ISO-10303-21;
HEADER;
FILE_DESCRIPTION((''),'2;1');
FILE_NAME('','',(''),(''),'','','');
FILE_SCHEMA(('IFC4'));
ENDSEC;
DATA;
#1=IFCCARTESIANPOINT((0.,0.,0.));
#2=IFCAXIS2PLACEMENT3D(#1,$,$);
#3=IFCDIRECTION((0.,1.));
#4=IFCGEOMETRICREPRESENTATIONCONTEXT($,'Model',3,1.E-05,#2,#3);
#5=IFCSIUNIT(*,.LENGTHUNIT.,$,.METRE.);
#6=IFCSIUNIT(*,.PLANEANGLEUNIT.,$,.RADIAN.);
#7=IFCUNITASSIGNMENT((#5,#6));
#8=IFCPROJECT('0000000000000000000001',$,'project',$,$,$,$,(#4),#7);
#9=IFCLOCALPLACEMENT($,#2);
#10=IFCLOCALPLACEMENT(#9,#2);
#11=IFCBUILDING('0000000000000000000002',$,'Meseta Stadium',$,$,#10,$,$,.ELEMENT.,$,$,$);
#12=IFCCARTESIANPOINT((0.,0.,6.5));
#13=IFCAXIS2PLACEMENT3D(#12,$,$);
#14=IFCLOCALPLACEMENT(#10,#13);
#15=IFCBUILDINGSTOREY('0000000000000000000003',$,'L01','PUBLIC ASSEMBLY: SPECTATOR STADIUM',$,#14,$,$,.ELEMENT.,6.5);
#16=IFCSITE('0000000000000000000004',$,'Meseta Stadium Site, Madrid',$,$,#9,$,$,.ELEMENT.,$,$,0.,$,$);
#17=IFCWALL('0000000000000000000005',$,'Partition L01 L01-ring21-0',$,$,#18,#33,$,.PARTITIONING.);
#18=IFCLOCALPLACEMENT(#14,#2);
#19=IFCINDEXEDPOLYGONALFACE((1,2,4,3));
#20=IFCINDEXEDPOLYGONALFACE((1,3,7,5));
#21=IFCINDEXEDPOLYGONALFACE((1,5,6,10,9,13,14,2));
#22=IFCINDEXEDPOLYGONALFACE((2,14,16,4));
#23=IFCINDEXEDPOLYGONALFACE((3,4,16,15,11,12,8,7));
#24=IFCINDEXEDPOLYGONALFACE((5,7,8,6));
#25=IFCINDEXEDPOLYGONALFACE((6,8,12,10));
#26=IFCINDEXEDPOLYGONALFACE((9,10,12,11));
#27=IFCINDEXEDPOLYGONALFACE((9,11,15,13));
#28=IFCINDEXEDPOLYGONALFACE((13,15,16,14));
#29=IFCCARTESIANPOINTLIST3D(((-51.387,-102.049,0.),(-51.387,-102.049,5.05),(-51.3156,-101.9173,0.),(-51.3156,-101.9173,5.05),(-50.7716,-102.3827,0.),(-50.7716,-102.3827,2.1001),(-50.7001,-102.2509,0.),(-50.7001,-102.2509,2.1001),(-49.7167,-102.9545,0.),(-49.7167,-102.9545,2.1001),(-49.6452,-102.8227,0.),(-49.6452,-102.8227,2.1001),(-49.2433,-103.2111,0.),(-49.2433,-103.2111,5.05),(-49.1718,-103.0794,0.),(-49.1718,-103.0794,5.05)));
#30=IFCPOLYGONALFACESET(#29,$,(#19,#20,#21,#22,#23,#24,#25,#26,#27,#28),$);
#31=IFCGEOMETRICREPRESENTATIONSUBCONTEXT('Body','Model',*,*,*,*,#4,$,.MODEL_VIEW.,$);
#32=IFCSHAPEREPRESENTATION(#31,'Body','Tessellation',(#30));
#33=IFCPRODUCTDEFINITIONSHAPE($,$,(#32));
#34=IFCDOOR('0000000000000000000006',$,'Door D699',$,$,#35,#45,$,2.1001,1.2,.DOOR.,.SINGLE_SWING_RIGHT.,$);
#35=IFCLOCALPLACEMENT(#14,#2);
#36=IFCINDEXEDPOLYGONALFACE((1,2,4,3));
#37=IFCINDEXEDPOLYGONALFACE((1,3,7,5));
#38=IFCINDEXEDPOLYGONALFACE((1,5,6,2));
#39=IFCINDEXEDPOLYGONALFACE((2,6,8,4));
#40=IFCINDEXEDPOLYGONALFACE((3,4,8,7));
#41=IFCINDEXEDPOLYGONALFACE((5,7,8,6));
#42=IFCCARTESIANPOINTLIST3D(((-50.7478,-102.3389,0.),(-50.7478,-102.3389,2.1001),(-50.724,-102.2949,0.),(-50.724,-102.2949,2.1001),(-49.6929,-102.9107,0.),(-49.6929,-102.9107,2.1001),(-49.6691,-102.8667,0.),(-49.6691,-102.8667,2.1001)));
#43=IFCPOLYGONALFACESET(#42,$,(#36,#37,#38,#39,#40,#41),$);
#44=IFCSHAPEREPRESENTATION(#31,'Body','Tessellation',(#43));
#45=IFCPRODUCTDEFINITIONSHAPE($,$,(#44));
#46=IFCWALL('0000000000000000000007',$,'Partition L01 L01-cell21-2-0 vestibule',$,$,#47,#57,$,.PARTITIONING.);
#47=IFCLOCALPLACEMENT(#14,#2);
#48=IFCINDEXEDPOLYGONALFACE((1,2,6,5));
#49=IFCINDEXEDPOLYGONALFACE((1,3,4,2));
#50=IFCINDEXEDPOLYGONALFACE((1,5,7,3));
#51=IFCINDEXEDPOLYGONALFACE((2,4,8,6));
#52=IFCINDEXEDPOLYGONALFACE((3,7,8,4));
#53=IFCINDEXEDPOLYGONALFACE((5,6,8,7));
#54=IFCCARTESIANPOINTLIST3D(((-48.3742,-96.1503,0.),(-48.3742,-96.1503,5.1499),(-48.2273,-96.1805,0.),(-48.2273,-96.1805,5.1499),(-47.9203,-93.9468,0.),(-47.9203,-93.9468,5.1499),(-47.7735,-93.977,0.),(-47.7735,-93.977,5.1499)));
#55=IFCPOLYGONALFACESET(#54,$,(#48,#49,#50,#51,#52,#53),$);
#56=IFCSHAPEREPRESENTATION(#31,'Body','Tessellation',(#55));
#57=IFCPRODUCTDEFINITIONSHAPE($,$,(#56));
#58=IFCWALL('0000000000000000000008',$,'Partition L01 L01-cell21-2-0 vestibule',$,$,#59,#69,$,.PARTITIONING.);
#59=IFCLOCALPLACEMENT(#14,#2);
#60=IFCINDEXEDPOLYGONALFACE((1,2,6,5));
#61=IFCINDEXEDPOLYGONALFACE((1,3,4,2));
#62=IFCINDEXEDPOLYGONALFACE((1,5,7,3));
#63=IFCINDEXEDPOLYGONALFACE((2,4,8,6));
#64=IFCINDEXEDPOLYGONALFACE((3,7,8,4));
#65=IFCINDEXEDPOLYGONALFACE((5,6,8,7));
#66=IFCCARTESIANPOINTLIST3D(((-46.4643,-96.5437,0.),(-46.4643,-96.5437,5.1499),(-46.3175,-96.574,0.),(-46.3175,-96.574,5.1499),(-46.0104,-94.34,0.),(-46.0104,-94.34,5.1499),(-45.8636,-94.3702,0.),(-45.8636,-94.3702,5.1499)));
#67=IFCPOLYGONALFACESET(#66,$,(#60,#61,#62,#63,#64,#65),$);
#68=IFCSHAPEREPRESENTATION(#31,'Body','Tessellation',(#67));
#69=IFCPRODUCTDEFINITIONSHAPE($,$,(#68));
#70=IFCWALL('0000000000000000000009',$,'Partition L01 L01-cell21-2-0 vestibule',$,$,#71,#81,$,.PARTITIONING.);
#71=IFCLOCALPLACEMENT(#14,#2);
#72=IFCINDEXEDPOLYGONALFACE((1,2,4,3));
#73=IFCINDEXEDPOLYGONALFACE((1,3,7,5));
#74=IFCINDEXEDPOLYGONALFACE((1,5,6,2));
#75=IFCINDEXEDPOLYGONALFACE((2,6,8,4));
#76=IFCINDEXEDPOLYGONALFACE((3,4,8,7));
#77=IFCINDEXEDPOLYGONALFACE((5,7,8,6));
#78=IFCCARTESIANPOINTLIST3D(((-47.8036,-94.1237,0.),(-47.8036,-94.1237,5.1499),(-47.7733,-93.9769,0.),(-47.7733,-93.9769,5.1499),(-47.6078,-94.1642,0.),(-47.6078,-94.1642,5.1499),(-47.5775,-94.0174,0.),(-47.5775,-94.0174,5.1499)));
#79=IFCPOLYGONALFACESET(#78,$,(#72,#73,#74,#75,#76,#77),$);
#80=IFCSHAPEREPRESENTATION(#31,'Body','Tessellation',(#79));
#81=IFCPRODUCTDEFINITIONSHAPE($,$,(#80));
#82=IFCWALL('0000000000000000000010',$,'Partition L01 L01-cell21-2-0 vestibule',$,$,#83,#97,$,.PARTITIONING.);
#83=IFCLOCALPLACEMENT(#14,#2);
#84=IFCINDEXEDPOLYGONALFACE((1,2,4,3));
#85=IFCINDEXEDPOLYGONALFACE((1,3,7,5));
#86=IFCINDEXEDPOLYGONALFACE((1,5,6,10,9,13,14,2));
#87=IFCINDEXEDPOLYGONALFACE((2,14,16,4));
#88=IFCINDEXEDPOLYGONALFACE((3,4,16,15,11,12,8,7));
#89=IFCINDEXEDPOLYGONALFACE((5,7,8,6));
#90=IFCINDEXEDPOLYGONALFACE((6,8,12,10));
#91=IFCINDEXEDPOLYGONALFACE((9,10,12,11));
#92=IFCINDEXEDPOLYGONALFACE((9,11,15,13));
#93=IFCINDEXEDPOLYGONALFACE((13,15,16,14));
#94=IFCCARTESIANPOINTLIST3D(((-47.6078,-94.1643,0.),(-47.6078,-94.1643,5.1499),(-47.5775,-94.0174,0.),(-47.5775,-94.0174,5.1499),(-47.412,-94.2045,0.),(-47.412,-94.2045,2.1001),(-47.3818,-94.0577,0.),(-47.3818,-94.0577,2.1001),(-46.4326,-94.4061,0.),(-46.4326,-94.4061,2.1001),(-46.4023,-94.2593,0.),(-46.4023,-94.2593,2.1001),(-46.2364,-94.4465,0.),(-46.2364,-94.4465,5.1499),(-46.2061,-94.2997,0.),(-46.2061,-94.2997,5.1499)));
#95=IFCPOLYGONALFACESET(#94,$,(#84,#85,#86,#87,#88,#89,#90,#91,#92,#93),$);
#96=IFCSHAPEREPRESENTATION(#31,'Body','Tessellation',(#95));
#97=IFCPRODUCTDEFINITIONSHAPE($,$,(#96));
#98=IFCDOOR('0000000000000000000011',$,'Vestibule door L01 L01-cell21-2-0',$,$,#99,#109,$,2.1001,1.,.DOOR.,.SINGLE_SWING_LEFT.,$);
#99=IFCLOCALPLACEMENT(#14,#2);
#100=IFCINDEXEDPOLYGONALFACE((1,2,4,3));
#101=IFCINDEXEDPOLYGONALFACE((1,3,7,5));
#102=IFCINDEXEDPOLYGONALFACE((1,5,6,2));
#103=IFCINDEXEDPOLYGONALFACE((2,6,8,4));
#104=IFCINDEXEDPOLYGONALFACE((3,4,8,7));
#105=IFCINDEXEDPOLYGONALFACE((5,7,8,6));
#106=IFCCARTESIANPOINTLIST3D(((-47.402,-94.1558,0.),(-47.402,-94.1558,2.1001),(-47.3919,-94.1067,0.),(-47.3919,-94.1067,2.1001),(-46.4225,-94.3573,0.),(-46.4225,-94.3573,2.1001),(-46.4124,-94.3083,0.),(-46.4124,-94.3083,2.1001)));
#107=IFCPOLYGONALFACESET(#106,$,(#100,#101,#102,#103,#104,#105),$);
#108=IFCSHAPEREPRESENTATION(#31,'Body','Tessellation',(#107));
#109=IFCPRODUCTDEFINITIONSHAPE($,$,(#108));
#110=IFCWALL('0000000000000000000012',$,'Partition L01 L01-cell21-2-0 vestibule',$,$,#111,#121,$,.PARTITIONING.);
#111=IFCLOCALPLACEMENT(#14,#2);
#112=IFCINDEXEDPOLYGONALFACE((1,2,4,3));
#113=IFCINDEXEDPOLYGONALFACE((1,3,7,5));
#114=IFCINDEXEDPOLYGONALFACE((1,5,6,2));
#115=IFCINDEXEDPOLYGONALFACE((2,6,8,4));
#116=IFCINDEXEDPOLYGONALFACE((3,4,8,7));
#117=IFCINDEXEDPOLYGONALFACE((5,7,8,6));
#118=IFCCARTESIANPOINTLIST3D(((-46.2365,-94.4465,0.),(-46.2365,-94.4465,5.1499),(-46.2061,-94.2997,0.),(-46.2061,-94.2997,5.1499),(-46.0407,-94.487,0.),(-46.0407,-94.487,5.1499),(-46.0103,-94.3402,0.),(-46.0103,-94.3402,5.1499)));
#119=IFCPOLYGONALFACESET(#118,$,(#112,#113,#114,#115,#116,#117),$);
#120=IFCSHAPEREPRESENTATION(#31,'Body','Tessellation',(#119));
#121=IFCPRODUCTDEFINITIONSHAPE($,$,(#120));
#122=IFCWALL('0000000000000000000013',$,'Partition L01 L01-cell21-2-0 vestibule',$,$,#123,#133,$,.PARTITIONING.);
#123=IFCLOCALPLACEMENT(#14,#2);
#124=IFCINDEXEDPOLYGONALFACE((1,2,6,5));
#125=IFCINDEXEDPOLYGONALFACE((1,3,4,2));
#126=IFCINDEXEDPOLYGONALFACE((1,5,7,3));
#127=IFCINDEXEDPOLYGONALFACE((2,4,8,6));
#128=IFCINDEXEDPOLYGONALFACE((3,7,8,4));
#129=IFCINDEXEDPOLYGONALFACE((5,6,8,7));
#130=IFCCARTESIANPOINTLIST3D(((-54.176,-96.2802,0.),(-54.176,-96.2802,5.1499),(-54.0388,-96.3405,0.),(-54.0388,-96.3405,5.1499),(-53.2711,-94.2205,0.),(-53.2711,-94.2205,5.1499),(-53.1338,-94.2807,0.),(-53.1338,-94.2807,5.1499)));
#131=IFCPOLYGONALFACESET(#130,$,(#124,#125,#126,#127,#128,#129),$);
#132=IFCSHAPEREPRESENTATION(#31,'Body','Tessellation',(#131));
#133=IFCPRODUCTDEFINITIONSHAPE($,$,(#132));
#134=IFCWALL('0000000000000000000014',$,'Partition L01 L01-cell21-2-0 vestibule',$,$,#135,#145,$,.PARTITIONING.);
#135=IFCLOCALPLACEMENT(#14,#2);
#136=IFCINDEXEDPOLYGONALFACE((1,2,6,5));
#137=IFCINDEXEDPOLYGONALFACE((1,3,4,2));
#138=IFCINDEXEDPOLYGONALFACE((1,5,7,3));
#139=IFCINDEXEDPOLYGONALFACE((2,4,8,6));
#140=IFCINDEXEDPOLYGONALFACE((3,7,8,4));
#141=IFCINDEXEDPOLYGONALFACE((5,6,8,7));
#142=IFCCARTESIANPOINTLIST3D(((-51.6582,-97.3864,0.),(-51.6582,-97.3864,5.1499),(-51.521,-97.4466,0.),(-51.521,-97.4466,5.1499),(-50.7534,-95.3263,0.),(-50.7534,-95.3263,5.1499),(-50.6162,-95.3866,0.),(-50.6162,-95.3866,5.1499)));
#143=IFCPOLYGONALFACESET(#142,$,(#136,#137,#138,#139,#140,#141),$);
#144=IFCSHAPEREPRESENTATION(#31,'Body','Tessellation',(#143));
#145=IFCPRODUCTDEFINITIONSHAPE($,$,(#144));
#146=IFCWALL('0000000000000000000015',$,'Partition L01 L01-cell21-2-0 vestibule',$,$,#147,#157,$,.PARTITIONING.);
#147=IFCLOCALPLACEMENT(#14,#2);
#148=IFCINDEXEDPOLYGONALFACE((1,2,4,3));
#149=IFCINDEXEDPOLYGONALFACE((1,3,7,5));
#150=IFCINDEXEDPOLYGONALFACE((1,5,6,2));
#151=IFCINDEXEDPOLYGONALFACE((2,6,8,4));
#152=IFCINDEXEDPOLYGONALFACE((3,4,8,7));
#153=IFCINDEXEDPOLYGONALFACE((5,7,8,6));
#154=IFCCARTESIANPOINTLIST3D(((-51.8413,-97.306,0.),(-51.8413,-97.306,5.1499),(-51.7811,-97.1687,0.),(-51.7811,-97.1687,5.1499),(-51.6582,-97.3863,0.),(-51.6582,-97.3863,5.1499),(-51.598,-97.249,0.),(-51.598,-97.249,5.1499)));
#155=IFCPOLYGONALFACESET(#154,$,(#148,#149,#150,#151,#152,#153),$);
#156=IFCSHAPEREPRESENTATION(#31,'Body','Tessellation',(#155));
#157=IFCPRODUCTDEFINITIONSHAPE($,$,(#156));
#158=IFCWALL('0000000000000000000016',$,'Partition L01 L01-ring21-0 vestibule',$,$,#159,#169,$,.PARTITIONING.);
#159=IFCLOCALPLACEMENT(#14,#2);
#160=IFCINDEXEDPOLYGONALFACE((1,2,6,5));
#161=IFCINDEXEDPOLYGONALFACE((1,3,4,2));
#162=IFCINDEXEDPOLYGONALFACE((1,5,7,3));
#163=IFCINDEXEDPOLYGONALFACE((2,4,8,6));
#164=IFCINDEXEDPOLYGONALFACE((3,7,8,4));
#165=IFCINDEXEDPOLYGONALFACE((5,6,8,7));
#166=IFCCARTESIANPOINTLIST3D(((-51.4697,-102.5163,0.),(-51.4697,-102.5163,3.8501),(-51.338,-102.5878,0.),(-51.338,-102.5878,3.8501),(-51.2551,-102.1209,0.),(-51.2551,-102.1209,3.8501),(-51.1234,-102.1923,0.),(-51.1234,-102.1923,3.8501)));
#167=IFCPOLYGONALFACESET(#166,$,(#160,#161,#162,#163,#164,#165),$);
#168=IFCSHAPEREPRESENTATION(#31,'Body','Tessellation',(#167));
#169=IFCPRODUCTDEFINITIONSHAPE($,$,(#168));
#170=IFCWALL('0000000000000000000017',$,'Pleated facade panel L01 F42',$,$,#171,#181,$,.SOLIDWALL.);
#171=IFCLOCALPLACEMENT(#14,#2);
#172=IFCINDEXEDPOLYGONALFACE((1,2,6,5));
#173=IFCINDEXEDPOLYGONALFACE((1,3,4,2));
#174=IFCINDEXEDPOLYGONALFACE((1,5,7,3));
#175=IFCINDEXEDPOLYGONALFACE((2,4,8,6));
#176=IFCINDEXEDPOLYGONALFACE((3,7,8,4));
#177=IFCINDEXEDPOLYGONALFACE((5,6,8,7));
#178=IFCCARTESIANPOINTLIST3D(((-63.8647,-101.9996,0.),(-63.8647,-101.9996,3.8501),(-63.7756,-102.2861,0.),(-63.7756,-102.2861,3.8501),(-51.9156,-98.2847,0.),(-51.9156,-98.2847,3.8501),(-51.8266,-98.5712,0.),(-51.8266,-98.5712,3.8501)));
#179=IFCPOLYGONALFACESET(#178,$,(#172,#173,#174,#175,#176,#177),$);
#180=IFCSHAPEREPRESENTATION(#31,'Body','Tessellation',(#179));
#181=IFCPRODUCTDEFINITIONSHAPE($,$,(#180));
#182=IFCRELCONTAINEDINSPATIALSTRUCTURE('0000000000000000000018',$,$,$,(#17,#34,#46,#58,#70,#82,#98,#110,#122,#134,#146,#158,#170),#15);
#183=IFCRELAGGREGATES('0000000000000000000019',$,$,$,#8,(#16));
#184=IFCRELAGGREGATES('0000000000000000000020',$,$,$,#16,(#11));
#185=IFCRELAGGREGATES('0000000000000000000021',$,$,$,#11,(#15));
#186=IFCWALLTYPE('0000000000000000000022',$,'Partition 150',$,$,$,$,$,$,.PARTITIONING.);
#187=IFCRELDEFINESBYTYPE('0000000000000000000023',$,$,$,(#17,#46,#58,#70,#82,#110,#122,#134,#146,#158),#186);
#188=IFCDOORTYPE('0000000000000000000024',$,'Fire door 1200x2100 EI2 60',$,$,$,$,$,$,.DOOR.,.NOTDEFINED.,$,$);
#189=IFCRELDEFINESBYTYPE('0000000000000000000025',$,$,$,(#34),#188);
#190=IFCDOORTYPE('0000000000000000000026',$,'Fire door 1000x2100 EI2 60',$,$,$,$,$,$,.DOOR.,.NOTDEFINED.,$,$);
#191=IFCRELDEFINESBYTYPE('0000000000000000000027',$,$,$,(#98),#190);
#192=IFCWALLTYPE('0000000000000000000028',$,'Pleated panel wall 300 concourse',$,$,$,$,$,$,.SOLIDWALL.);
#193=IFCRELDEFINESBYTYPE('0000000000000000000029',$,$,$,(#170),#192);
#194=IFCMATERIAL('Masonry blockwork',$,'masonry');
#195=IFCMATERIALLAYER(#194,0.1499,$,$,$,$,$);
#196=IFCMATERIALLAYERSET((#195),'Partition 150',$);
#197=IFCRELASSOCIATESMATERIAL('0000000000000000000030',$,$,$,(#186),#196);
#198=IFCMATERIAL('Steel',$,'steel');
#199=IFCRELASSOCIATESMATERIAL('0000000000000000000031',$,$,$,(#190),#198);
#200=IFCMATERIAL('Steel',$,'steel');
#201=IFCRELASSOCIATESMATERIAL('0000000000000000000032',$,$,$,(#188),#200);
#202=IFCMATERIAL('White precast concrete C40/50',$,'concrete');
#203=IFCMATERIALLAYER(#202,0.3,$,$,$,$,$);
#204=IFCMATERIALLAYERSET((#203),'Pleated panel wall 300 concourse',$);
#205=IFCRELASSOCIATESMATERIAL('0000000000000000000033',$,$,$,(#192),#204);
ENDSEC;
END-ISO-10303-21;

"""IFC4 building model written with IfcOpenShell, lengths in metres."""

from ifc_helpers import new_model, si_unit, direction, frame, frame_2d, origin, place, context, subcontext, project, spatial, rectangle, extrude, material, layer, layer_set, type_object, element, fill, save


model = new_model("IFC4")

# Units and contexts
model_context = context("Model", 3, precision=1e-05, world=origin(), true_north=direction((0.0, 1.0)))
body_context = subcontext(model_context, "Body", "Model", "MODEL_VIEW")
ifc_project = project(units=[si_unit("LENGTHUNIT", "METRE"), si_unit("PLANEANGLEUNIT", "RADIAN")], contexts=[model_context])

# Site, building, storey
site_placement = place(None, origin())
site = spatial("IfcSite", under=ifc_project, at=site_placement, Name="Meseta Stadium Site, Madrid", CompositionType="ELEMENT", RefElevation=0.0)
building_placement = place(site_placement, origin())
building = spatial("IfcBuilding", under=site, at=building_placement, Name="Meseta Stadium", CompositionType="ELEMENT")
storey_placement = place(building_placement, frame((0.0, 0.0, 6.5)))
storey = spatial("IfcBuildingStorey", under=building, at=storey_placement, Name="L01", Description="PUBLIC ASSEMBLY: SPECTATOR STADIUM", CompositionType="ELEMENT", Elevation=6.5)

# Shared definitions
ifc_material_1 = material(Name="Masonry blockwork", Category="masonry")
ifc_layer_1 = layer(ifc_material_1, 0.1499)
ifc_layer_set_1 = layer_set([ifc_layer_1], Name="Partition 150")
wall_type_1 = type_object("IfcWallType", Name="Partition 150", PredefinedType="PARTITIONING", material=ifc_layer_set_1)

# Shared definitions
ifc_material_2 = material(Name="Steel", Category="steel")
door_type_1 = type_object("IfcDoorType", Name="Fire door 1000x2100 EI2 60", OperationType="NOTDEFINED", PredefinedType="DOOR", material=ifc_material_2)

# Wall, opening, door
wall_1_placement = place(storey_placement, frame((-51.3513, -101.9832, 0.0), z_axis=(0.0, 0.0, 1.0), x_axis=(0.87914, -0.476564, 0.0)))
wall_1 = element("IfcWall", 1, at=wall_1_placement, inside=storey, type_object=wall_type_1, Name="Partition L01 L01-ring21-0", PredefinedType="PARTITIONING", context=body_context, shape_type="SweptSolid", body=[
    extrude(rectangle(XDim=2.4385, YDim=0.1499, at=frame_2d((1.2192, 0.0))), origin(), (0.0, 0.0, 1.0), 5.05),
])
opening_1_placement = place(wall_1_placement, frame((0.7, 0.0, 0.0)))
opening_1 = element("IfcOpeningElement", 2, at=opening_1_placement, cuts=wall_1, PredefinedType="OPENING", context=body_context, shape_type="SweptSolid", body=[
    extrude(rectangle(XDim=1.2, YDim=2.1001, at=frame_2d((0.6001, 1.05))), frame((0.0, 0.085, 0.0), z_axis=(0.0, -1.0, 0.0), x_axis=(1.0, 0.0, 0.0)), (0.0, 0.0, 1.0), 0.1699),
])
ifc_material_3 = material(Name="Steel", Category="steel")
door_type_2 = type_object("IfcDoorType", Name="Fire door 1200x2100 EI2 60", OperationType="NOTDEFINED", PredefinedType="DOOR", material=ifc_material_3)
door_1_placement = place(opening_1_placement, origin())
door_1 = element("IfcDoor", 3, at=door_1_placement, inside=storey, type_object=door_type_2, Name="Door D699", OperationType="SINGLE_SWING_RIGHT", OverallHeight=2.1001, OverallWidth=1.2, PredefinedType="DOOR", context=body_context, shape_type="SweptSolid", body=[
    extrude(rectangle(XDim=1.2, YDim=2.1001, at=frame_2d((0.6001, 1.05))), frame((0.0, 0.0249, 0.0), z_axis=(0.0, -1.0, 0.0), x_axis=(1.0, 0.0, 0.0)), (0.0, 0.0, 1.0), 0.05),
])
fill(opening_1, door_1)

# Walls
wall_2_placement = place(storey_placement, frame((-48.3008, -96.1655, 0.0), z_axis=(0.0, 0.0, 1.0), x_axis=(0.201726, 0.979442, 0.0)))
element("IfcWall", 4, at=wall_2_placement, inside=storey, type_object=wall_type_1, Name="Partition L01 L01-cell21-2-0 vestibule", PredefinedType="PARTITIONING", context=body_context, shape_type="SweptSolid", body=[
    extrude(rectangle(XDim=2.2498, YDim=0.1499, at=frame_2d((1.125, 0.0))), origin(), (0.0, 0.0, 1.0), 5.1499),
])
wall_3_placement = place(storey_placement, frame((-46.3909, -96.5588, 0.0), z_axis=(0.0, 0.0, 1.0), x_axis=(0.201705, 0.979446, 0.0)))
element("IfcWall", 5, at=wall_3_placement, inside=storey, type_object=wall_type_1, Name="Partition L01 L01-cell21-2-0 vestibule", PredefinedType="PARTITIONING", context=body_context, shape_type="SweptSolid", body=[
    extrude(rectangle(XDim=2.25, YDim=0.1499, at=frame_2d((1.125, 0.0))), origin(), (0.0, 0.0, 1.0), 5.1499),
])
wall_4_placement = place(storey_placement, frame((-47.7886, -94.0503, 0.0), z_axis=(0.0, 0.0, 1.0), x_axis=(0.979244, -0.202686, 0.0)))
element("IfcWall", 6, at=wall_4_placement, inside=storey, type_object=wall_type_1, Name="Partition L01 L01-cell21-2-0 vestibule", PredefinedType="PARTITIONING", context=body_context, shape_type="SweptSolid", body=[
    extrude(rectangle(XDim=0.2, YDim=0.1499, at=frame_2d((0.1001, 0.0))), origin(), (0.0, 0.0, 1.0), 5.1499),
])

# Wall, opening, door
wall_5_placement = place(storey_placement, frame((-47.5928, -94.0908, 0.0), z_axis=(0.0, 0.0, 1.0), x_axis=(0.979472, -0.201579, 0.0)))
wall_5 = element("IfcWall", 7, at=wall_5_placement, inside=storey, type_object=wall_type_1, Name="Partition L01 L01-cell21-2-0 vestibule", PredefinedType="PARTITIONING", context=body_context, shape_type="SweptSolid", body=[
    extrude(rectangle(XDim=1.4001, YDim=0.1499, at=frame_2d((0.7002, 0.0))), origin(), (0.0, 0.0, 1.0), 5.1499),
])
opening_2_placement = place(wall_5_placement, frame((0.2, 0.0, 0.0)))
opening_2 = element("IfcOpeningElement", 8, at=opening_2_placement, cuts=wall_5, PredefinedType="OPENING", context=body_context, shape_type="SweptSolid", body=[
    extrude(rectangle(XDim=1.0, YDim=2.1001, at=frame_2d((0.5, 1.05))), frame((0.0, 0.085, 0.0), z_axis=(0.0, -1.0, 0.0), x_axis=(1.0, 0.0, 0.0)), (0.0, 0.0, 1.0), 0.1699),
])
door_2_placement = place(opening_2_placement, origin())
door_2 = element("IfcDoor", 9, at=door_2_placement, inside=storey, type_object=door_type_1, Name="Vestibule door L01 L01-cell21-2-0", OperationType="SINGLE_SWING_LEFT", OverallHeight=2.1001, OverallWidth=1.0, PredefinedType="DOOR", context=body_context, shape_type="SweptSolid", body=[
    extrude(rectangle(XDim=1.0, YDim=2.1001, at=frame_2d((0.5, 1.05))), frame((0.0, 0.0249, 0.0), z_axis=(0.0, -1.0, 0.0), x_axis=(1.0, 0.0, 0.0)), (0.0, 0.0, 1.0), 0.05),
])
fill(opening_2, door_2)

# Walls
wall_6_placement = place(storey_placement, frame((-46.2214, -94.373, 0.0), z_axis=(0.0, 0.0, 1.0), x_axis=(0.979244, -0.202686, 0.0)))
element("IfcWall", 10, at=wall_6_placement, inside=storey, type_object=wall_type_1, Name="Partition L01 L01-cell21-2-0 vestibule", PredefinedType="PARTITIONING", context=body_context, shape_type="SweptSolid", body=[
    extrude(rectangle(XDim=0.2, YDim=0.1499, at=frame_2d((0.1001, 0.0))), origin(), (0.0, 0.0, 1.0), 5.1499),
])
wall_7_placement = place(storey_placement, frame((-53.2024, -94.2505, 0.0), z_axis=(0.0, 0.0, 1.0), x_axis=(-0.402259, -0.915526, 0.0)))
element("IfcWall", 11, at=wall_7_placement, inside=storey, type_object=wall_type_1, Name="Partition L01 L01-cell21-2-0 vestibule", PredefinedType="PARTITIONING", context=body_context, shape_type="SweptSolid", body=[
    extrude(rectangle(XDim=2.2498, YDim=0.1499, at=frame_2d((1.125, 0.0))), origin(), (0.0, 0.0, 1.0), 5.1499),
])
wall_8_placement = place(storey_placement, frame((-50.6848, -95.3564, 0.0), z_axis=(0.0, 0.0, 1.0), x_axis=(-0.402128, -0.915584, 0.0)))
element("IfcWall", 12, at=wall_8_placement, inside=storey, type_object=wall_type_1, Name="Partition L01 L01-cell21-2-0 vestibule", PredefinedType="PARTITIONING", context=body_context, shape_type="SweptSolid", body=[
    extrude(rectangle(XDim=2.25, YDim=0.1499, at=frame_2d((1.125, 0.0))), origin(), (0.0, 0.0, 1.0), 5.1499),
])
wall_9_placement = place(storey_placement, frame((-51.8113, -97.2373, 0.0), z_axis=(0.0, 0.0, 1.0), x_axis=(0.915765, -0.401715, 0.0)))
element("IfcWall", 13, at=wall_9_placement, inside=storey, type_object=wall_type_1, Name="Partition L01 L01-cell21-2-0 vestibule", PredefinedType="PARTITIONING", context=body_context, shape_type="SweptSolid", body=[
    extrude(rectangle(XDim=0.2, YDim=0.1499, at=frame_2d((0.1001, 0.0))), origin(), (0.0, 0.0, 1.0), 5.1499),
])
wall_10_placement = place(storey_placement, frame((-51.1892, -102.1565, 0.0), z_axis=(0.0, 0.0, 1.0), x_axis=(-0.476912, -0.878951, 0.0)))
element("IfcWall", 14, at=wall_10_placement, inside=storey, type_object=wall_type_1, Name="Partition L01 L01-ring21-0 vestibule", PredefinedType="PARTITIONING", context=body_context, shape_type="SweptSolid", body=[
    extrude(rectangle(XDim=0.45, YDim=0.1499, at=frame_2d((0.2251, 0.0))), origin(), (0.0, 0.0, 1.0), 3.8501),
])
ifc_material_4 = material(Name="White precast concrete C40/50", Category="concrete")
ifc_layer_2 = layer(ifc_material_4, 0.3)
ifc_layer_set_2 = layer_set([ifc_layer_2], Name="Pleated panel wall 300 concourse")
wall_type_2 = type_object("IfcWallType", Name="Pleated panel wall 300 concourse", PredefinedType="SOLIDWALL", material=ifc_layer_set_2)
wall_11_placement = place(storey_placement, frame((-51.8711, -98.428, 0.0), z_axis=(0.0, 0.0, 1.0), x_axis=(-0.954916, -0.296876, 0.0)))
element("IfcWall", 15, at=wall_11_placement, inside=storey, type_object=wall_type_2, Name="Pleated facade panel L01 F42", PredefinedType="SOLIDWALL", context=body_context, shape_type="SweptSolid", body=[
    extrude(rectangle(XDim=12.5132, YDim=0.3, at=frame_2d((6.2566, 0.0))), origin(), (0.0, 0.0, 1.0), 3.8501),
])

save(model, "model.ifc")
